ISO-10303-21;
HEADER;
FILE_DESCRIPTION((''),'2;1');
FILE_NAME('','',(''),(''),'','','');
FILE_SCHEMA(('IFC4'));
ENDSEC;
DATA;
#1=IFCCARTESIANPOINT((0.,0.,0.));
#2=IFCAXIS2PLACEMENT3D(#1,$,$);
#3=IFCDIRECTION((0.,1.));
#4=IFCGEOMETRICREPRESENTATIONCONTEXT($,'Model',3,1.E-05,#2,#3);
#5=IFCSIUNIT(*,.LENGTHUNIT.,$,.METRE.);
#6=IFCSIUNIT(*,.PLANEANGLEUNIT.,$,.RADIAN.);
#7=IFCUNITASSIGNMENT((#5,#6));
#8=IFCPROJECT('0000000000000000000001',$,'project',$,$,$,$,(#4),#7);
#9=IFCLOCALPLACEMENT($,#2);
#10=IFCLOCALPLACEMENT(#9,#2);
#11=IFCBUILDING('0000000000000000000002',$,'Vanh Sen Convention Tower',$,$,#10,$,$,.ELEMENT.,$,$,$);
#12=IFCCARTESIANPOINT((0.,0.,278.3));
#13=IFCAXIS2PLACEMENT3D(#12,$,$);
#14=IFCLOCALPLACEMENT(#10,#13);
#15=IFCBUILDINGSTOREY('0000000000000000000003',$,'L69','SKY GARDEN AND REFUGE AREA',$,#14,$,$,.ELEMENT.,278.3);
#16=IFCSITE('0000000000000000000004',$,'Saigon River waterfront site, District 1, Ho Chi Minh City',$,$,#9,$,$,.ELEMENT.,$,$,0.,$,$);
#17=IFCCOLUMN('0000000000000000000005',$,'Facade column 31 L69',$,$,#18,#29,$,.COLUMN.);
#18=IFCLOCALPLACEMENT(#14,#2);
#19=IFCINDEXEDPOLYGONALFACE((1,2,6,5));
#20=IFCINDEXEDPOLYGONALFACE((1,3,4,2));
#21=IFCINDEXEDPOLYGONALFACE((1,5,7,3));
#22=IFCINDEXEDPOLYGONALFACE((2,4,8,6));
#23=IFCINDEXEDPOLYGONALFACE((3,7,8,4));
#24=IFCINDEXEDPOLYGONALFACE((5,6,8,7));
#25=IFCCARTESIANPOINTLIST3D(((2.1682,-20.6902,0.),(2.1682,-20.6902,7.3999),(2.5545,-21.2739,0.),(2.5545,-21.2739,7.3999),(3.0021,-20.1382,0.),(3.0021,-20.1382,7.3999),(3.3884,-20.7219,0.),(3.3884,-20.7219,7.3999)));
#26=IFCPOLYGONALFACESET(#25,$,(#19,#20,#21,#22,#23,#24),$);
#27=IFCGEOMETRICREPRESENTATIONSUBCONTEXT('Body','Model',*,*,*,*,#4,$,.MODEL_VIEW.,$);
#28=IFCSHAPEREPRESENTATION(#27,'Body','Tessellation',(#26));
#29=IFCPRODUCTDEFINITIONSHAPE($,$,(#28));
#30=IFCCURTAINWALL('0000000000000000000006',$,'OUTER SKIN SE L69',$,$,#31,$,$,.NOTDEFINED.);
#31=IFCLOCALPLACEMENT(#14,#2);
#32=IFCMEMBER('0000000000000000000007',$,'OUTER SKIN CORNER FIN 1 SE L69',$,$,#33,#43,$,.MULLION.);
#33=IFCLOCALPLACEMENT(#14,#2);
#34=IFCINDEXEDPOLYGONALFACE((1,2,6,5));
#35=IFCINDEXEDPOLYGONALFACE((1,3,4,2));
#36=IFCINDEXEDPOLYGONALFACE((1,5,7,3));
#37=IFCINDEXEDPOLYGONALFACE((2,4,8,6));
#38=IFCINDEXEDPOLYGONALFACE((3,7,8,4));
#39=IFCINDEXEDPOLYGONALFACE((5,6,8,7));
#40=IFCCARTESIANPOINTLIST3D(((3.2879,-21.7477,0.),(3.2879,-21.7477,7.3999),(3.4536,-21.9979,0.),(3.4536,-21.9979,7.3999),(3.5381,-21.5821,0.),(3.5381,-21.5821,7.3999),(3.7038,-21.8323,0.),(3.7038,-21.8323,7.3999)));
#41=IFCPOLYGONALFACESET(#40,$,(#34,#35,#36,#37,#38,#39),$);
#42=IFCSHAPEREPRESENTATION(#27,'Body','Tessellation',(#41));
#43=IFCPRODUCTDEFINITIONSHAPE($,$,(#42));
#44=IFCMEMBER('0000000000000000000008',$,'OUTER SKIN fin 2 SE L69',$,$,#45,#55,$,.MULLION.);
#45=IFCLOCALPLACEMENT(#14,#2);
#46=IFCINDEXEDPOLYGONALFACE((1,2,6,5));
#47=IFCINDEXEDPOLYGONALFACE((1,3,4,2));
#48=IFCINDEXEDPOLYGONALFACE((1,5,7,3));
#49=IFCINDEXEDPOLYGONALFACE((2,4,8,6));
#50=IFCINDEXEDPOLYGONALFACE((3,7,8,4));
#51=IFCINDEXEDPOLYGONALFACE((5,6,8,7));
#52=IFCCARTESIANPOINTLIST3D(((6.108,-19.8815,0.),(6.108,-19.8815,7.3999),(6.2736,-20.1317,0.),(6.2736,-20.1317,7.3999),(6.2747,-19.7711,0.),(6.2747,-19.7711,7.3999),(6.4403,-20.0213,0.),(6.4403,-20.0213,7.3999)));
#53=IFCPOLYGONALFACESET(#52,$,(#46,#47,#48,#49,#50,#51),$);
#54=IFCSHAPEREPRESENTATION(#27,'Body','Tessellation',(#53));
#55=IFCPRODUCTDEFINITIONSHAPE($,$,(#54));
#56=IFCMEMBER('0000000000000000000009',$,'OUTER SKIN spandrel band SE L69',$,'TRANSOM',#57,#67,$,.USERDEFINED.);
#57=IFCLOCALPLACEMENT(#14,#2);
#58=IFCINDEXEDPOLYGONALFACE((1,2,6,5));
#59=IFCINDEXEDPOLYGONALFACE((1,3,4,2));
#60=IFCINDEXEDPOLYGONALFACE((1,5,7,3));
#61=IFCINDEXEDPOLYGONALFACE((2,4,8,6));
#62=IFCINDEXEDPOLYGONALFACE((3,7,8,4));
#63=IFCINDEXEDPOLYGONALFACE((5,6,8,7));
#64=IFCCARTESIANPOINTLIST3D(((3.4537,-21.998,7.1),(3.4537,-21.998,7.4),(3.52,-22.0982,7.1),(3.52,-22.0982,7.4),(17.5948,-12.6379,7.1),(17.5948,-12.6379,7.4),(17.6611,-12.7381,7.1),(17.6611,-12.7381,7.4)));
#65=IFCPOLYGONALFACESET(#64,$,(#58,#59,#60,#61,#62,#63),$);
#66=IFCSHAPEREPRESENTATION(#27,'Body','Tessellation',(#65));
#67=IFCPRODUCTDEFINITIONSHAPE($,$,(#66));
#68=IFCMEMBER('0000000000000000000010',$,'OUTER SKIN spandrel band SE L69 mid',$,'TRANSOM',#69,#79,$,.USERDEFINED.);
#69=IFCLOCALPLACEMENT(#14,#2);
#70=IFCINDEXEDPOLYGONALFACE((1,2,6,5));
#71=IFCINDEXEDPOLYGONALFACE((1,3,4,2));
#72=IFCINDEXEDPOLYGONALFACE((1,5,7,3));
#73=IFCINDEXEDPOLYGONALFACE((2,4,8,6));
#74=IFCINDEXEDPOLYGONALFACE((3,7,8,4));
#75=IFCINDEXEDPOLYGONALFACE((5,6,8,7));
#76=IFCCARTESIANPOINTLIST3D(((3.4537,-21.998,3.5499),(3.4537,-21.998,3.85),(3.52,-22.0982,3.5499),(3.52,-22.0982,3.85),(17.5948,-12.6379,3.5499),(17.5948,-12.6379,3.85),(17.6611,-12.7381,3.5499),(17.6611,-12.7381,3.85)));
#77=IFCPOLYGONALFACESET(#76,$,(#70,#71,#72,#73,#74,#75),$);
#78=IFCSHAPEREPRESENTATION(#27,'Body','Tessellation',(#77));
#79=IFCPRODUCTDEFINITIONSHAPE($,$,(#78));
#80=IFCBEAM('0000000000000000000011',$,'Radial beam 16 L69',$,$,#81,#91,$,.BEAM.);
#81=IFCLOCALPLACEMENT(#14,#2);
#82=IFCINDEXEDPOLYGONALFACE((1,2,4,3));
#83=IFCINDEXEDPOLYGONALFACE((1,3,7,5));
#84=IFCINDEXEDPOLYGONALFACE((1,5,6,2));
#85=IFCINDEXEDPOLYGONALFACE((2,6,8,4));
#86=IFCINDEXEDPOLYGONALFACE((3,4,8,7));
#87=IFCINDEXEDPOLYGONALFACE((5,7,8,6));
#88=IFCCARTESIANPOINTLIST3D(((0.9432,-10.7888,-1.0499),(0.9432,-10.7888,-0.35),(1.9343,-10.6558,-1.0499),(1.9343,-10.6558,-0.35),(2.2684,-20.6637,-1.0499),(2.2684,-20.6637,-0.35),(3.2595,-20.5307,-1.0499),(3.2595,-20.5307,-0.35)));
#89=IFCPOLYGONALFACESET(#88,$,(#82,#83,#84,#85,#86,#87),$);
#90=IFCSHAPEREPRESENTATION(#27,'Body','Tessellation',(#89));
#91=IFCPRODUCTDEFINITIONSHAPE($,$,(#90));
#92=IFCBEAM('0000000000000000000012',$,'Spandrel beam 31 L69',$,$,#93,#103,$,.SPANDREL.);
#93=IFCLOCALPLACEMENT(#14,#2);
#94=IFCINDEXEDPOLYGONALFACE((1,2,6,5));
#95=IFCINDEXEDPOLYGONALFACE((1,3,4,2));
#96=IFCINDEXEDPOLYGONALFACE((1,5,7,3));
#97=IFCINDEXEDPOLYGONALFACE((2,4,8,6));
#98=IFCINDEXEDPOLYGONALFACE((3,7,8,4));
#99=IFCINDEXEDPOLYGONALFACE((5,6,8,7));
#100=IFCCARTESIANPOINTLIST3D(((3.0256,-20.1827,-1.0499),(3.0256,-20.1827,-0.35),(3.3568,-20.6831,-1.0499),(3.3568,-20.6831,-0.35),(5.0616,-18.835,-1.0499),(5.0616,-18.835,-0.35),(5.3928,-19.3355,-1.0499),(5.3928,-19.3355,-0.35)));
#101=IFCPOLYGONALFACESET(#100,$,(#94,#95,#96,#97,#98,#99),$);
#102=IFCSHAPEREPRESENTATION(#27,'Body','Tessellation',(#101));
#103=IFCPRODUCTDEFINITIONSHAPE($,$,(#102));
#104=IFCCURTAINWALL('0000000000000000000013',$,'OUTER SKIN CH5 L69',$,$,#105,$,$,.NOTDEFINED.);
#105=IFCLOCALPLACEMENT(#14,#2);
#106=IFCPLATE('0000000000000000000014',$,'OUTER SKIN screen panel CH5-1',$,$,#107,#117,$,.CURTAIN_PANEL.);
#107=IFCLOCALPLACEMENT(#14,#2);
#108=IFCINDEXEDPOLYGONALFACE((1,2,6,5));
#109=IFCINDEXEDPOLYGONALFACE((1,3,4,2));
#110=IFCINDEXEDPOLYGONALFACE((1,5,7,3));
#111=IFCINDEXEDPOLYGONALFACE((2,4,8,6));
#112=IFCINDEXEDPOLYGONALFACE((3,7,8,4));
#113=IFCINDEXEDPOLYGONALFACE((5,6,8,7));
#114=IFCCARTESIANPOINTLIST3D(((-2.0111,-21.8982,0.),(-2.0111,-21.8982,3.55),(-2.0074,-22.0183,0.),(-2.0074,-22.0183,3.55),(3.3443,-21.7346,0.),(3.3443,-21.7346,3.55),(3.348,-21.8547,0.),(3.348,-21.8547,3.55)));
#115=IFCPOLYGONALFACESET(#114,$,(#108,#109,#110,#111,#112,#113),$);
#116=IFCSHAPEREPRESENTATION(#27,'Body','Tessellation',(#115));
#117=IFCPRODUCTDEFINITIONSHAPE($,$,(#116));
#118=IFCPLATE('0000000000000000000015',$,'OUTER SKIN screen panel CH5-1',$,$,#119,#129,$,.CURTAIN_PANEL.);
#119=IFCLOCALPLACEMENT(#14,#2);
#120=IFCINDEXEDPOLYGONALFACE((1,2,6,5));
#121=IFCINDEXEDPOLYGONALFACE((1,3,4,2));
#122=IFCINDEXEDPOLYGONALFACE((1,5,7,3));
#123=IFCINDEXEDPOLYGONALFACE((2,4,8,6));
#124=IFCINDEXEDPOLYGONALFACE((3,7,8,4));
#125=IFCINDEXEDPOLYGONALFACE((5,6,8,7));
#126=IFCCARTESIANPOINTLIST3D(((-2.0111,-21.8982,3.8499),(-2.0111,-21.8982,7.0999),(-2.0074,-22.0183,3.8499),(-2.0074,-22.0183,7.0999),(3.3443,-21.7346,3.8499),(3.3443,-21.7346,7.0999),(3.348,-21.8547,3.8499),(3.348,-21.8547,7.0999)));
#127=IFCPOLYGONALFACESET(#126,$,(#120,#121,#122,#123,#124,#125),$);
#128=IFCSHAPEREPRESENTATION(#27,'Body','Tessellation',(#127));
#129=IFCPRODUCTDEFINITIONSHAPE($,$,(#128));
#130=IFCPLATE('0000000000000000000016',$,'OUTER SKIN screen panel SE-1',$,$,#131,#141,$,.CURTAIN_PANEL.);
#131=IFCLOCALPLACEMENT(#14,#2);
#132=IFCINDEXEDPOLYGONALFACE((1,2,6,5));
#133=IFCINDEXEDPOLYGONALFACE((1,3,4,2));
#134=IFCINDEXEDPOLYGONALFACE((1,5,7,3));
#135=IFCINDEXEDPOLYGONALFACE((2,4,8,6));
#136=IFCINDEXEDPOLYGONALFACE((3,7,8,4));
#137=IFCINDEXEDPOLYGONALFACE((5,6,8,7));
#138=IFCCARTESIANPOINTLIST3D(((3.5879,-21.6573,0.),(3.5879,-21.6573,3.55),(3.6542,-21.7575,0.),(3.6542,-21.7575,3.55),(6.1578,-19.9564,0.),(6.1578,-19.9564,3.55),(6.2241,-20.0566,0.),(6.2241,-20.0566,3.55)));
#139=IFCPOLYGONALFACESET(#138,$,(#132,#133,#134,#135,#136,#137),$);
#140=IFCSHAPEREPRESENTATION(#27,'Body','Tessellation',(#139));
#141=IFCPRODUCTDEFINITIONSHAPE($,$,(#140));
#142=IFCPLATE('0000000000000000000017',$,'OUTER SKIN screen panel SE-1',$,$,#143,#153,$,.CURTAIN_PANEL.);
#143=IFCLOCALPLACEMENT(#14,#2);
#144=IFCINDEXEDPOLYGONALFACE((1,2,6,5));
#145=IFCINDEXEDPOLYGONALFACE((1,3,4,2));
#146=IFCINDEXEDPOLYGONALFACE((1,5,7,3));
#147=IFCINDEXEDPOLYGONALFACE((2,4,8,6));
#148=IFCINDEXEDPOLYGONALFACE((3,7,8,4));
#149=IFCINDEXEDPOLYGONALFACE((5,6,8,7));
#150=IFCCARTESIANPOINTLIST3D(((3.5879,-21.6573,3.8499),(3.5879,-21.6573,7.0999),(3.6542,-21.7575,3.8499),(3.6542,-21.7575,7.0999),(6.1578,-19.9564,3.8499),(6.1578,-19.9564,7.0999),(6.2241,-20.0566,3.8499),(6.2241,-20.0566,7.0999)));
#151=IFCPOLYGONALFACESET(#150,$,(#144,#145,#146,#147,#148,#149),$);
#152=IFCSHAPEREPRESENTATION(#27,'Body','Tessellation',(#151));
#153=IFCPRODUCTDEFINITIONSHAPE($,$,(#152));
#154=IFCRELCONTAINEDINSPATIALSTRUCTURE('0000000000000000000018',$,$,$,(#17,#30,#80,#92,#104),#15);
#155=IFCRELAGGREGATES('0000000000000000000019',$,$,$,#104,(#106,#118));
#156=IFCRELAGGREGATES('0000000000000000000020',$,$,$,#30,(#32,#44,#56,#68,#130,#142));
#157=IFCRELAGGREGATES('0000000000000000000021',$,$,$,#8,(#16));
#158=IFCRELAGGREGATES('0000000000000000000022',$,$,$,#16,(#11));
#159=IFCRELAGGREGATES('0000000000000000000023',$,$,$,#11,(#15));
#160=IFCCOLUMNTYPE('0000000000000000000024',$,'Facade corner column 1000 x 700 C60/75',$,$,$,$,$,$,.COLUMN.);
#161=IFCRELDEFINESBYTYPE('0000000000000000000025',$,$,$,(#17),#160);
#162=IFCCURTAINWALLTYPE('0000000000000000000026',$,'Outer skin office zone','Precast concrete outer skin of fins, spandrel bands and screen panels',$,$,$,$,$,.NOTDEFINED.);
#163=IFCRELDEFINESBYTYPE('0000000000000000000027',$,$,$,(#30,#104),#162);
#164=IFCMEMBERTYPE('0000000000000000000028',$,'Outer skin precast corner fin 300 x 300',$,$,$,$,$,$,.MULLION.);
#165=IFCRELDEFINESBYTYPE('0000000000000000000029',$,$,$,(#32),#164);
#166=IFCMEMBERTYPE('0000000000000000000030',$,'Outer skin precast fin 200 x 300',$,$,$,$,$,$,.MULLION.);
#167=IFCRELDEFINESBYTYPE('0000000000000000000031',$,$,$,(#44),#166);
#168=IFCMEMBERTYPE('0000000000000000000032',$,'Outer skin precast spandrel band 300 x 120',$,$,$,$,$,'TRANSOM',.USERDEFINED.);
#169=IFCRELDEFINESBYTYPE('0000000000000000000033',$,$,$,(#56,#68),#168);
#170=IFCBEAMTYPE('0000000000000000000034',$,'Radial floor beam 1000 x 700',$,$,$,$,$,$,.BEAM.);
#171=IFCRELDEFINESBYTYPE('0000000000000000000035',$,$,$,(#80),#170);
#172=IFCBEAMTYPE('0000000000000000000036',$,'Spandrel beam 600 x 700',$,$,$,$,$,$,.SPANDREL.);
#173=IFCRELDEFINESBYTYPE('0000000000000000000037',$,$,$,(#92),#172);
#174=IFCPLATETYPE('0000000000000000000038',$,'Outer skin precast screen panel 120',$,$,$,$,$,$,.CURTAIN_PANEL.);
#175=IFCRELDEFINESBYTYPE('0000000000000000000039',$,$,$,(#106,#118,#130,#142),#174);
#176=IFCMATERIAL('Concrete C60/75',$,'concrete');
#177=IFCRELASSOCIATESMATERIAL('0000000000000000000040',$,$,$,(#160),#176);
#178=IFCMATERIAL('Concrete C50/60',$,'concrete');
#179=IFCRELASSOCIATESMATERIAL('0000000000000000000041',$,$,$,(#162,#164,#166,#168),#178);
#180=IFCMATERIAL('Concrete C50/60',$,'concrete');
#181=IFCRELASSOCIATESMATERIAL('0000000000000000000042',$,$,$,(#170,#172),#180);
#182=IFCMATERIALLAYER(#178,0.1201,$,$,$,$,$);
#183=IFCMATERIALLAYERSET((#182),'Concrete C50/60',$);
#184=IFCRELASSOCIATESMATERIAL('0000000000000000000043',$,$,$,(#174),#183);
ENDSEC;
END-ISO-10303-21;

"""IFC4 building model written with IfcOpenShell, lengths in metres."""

from ifc_helpers import new_model, si_unit, direction, frame, origin, origin_2d, place, context, subcontext, project, spatial, rectangle, extrude, material, layer, layer_set, material_profile, profile_set, type_object, element, aggregate, save


model = new_model("IFC4")

# Units and contexts
model_context = context("Model", 3, precision=1e-05, world=origin(), true_north=direction((0.0, 1.0)))
body_context = subcontext(model_context, "Body", "Model", "MODEL_VIEW")
ifc_project = project(units=[si_unit("LENGTHUNIT", "METRE"), si_unit("PLANEANGLEUNIT", "RADIAN")], contexts=[model_context])

# Site, building, storey
site_placement = place(None, origin())
site = spatial("IfcSite", under=ifc_project, at=site_placement, Name="Saigon River waterfront site, District 1, Ho Chi Minh City", CompositionType="ELEMENT", RefElevation=0.0)
building_placement = place(site_placement, origin())
building = spatial("IfcBuilding", under=site, at=building_placement, Name="Vanh Sen Convention Tower", CompositionType="ELEMENT")
storey_placement = place(building_placement, frame((0.0, 0.0, 278.3)))
storey = spatial("IfcBuildingStorey", under=building, at=storey_placement, Name="L69", Description="SKY GARDEN AND REFUGE AREA", CompositionType="ELEMENT", Elevation=278.3)

# Column
ifc_material_1 = material(Name="Concrete C60/75", Category="concrete")
ifc_material_profile_1 = material_profile(ifc_material_1, rectangle(XDim=1.0, YDim=0.7, at=origin_2d()), Name="RC 1000X700")
ifc_profile_set_1 = profile_set([ifc_material_profile_1], Name="Concrete C60/75")
column_type = type_object("IfcColumnType", Name="Facade corner column 1000 x 700 C60/75", PredefinedType="COLUMN", material=ifc_profile_set_1)
column_placement = place(storey_placement, frame((2.7783, -20.7061, 0.0), z_axis=(0.0, 0.0, 1.0), x_axis=(0.833886, 0.551937, 0.0)))
element("IfcColumn", 1, at=column_placement, inside=storey, type_object=column_type, Name="Facade column 31 L69", PredefinedType="COLUMN", context=body_context, shape_type="SweptSolid", body=[
    extrude(rectangle(XDim=1.0, YDim=0.7, at=origin_2d()), origin(), (0.0, 0.0, 1.0), 7.3999),
])

# Curtain wall, members
ifc_material_2 = material(Name="Concrete C50/60", Category="concrete")
curtain_wall_type = type_object("IfcCurtainWallType", Name="Outer skin office zone", Description="Precast concrete outer skin of fins, spandrel bands and screen panels", PredefinedType="NOTDEFINED", material=ifc_material_2)
curtain_wall_1_placement = place(storey_placement, origin())
curtain_wall_1 = element("IfcCurtainWall", 2, at=curtain_wall_1_placement, inside=storey, type_object=curtain_wall_type, Name="OUTER SKIN SE L69", PredefinedType="NOTDEFINED")
ifc_material_profile_2 = material_profile(ifc_material_2, rectangle(XDim=0.3, YDim=0.3, at=origin_2d()), Name="Outer skin precast corner fin 300 x 300")
ifc_profile_set_2 = profile_set([ifc_material_profile_2], Name="Concrete C50/60")
member_type_1 = type_object("IfcMemberType", Name="Outer skin precast corner fin 300 x 300", PredefinedType="MULLION", material=ifc_profile_set_2)
member_1_placement = place(storey_placement, frame((3.4958, -21.79, 0.0), z_axis=(0.0, 0.0, 1.0), x_axis=(0.833886, 0.551937, 0.0)))
member_1 = element("IfcMember", 3, at=member_1_placement, type_object=member_type_1, Name="OUTER SKIN CORNER FIN 1 SE L69", PredefinedType="MULLION", context=body_context, shape_type="SweptSolid", body=[
    extrude(rectangle(XDim=0.3, YDim=0.3, at=origin_2d()), origin(), (0.0, 0.0, 1.0), 7.3999),
])
ifc_material_profile_3 = material_profile(ifc_material_2, rectangle(XDim=0.2, YDim=0.3, at=origin_2d()), Name="Outer skin precast fin 200 x 300")
ifc_profile_set_3 = profile_set([ifc_material_profile_3], Name="Concrete C50/60")
member_type_2 = type_object("IfcMemberType", Name="Outer skin precast fin 200 x 300", PredefinedType="MULLION", material=ifc_profile_set_3)
member_2_placement = place(storey_placement, frame((6.2742, -19.9514, 0.0), z_axis=(0.0, 0.0, 1.0), x_axis=(0.833886, 0.551937, 0.0)))
member_2 = element("IfcMember", 4, at=member_2_placement, type_object=member_type_2, Name="OUTER SKIN fin 2 SE L69", PredefinedType="MULLION", context=body_context, shape_type="SweptSolid", body=[
    extrude(rectangle(XDim=0.2, YDim=0.3, at=origin_2d()), origin(), (0.0, 0.0, 1.0), 7.3999),
])
ifc_material_profile_4 = material_profile(ifc_material_2, rectangle(XDim=0.1201, YDim=0.3, at=origin_2d()), Name="Outer skin precast spandrel band 300 x 120")
ifc_profile_set_4 = profile_set([ifc_material_profile_4], Name="Concrete C50/60")
member_type_3 = type_object("IfcMemberType", Name="Outer skin precast spandrel band 300 x 120", ElementType="TRANSOM", PredefinedType="USERDEFINED", material=ifc_profile_set_4)
member_3_placement = place(storey_placement, frame((3.4868, -22.0481, 7.25), z_axis=(0.833877, 0.55195, 0.0), x_axis=(-0.55195, 0.833877, 0.0)))
member_3 = element("IfcMember", 5, at=member_3_placement, type_object=member_type_3, Name="OUTER SKIN spandrel band SE L69", ObjectType="TRANSOM", PredefinedType="USERDEFINED", context=body_context, shape_type="SweptSolid", body=[
    extrude(rectangle(XDim=0.1201, YDim=0.3, at=origin_2d()), origin(), (0.0, 0.0, 1.0), 16.9583),
])
member_4_placement = place(storey_placement, frame((3.4868, -22.0481, 3.7), z_axis=(0.833877, 0.55195, 0.0), x_axis=(-0.55195, 0.833877, 0.0)))
member_4 = element("IfcMember", 6, at=member_4_placement, type_object=member_type_3, Name="OUTER SKIN spandrel band SE L69 mid", ObjectType="TRANSOM", PredefinedType="USERDEFINED", context=body_context, shape_type="SweptSolid", body=[
    extrude(rectangle(XDim=0.1201, YDim=0.3, at=origin_2d()), origin(), (0.0, 0.0, 1.0), 16.9583),
])

# Beams
ifc_material_3 = material(Name="Concrete C50/60", Category="concrete")
ifc_material_profile_5 = material_profile(ifc_material_3, rectangle(XDim=1.0, YDim=0.7, at=origin_2d()), Name="RC 1000X700")
ifc_profile_set_5 = profile_set([ifc_material_profile_5], Name="Concrete C50/60")
beam_type_1 = type_object("IfcBeamType", Name="Radial floor beam 1000 x 700", PredefinedType="BEAM", material=ifc_profile_set_5)
beam_1_placement = place(storey_placement, frame((2.7639, -20.5972, -0.7), z_axis=(-0.133008, 0.991115, 0.0), x_axis=(-0.991115, -0.133008, 0.0)))
element("IfcBeam", 7, at=beam_1_placement, inside=storey, type_object=beam_type_1, Name="Radial beam 16 L69", PredefinedType="BEAM", context=body_context, shape_type="SweptSolid", body=[
    extrude(rectangle(XDim=1.0, YDim=0.7, at=origin_2d()), origin(), (0.0, 0.0, 1.0), 9.9634),
])
ifc_material_profile_6 = material_profile(ifc_material_3, rectangle(XDim=0.6001, YDim=0.7, at=origin_2d()), Name="RC 600X700")
ifc_profile_set_6 = profile_set([ifc_material_profile_6], Name="Concrete C50/60")
beam_type_2 = type_object("IfcBeamType", Name="Spandrel beam 600 x 700", PredefinedType="SPANDREL", material=ifc_profile_set_6)
beam_2_placement = place(storey_placement, frame((3.1912, -20.4329, -0.7), z_axis=(0.833892, 0.551928, 0.0), x_axis=(-0.551928, 0.833892, 0.0)))
element("IfcBeam", 8, at=beam_2_placement, inside=storey, type_object=beam_type_2, Name="Spandrel beam 31 L69", PredefinedType="SPANDREL", context=body_context, shape_type="SweptSolid", body=[
    extrude(rectangle(XDim=0.6001, YDim=0.7, at=origin_2d()), origin(), (0.0, 0.0, 1.0), 2.4417),
])

# Curtain wall, plates
curtain_wall_2_placement = place(storey_placement, origin())
curtain_wall_2 = element("IfcCurtainWall", 9, at=curtain_wall_2_placement, inside=storey, type_object=curtain_wall_type, Name="OUTER SKIN CH5 L69", PredefinedType="NOTDEFINED")
ifc_layer_1 = layer(ifc_material_2, 0.1201)
ifc_layer_set_1 = layer_set([ifc_layer_1], Name="Concrete C50/60")
plate_type = type_object("IfcPlateType", Name="Outer skin precast screen panel 120", PredefinedType="CURTAIN_PANEL", material=ifc_layer_set_1)
plate_1_placement = place(storey_placement, frame((0.6685, -21.8765, 0.0), z_axis=(0.0, 0.0, 1.0), x_axis=(0.999534, 0.030539, 0.0)))
plate_1 = element("IfcPlate", 10, at=plate_1_placement, type_object=plate_type, Name="OUTER SKIN screen panel CH5-1", PredefinedType="CURTAIN_PANEL", context=body_context, shape_type="SweptSolid", body=[
    extrude(rectangle(XDim=5.3579, YDim=0.1201, at=origin_2d()), origin(), (0.0, 0.0, 1.0), 3.55),
])
plate_2_placement = place(storey_placement, frame((0.6685, -21.8765, 3.8499), z_axis=(0.0, 0.0, 1.0), x_axis=(0.999534, 0.030539, 0.0)))
plate_2 = element("IfcPlate", 11, at=plate_2_placement, type_object=plate_type, Name="OUTER SKIN screen panel CH5-1", PredefinedType="CURTAIN_PANEL", context=body_context, shape_type="SweptSolid", body=[
    extrude(rectangle(XDim=5.3579, YDim=0.1201, at=origin_2d()), origin(), (0.0, 0.0, 1.0), 3.25),
])
aggregate(curtain_wall_2, [plate_1, plate_2])

# Plates
plate_3_placement = place(storey_placement, frame((4.906, -20.8569, 0.0), z_axis=(0.0, 0.0, 1.0), x_axis=(0.833902, 0.551912, 0.0)))
plate_3 = element("IfcPlate", 12, at=plate_3_placement, type_object=plate_type, Name="OUTER SKIN screen panel SE-1", PredefinedType="CURTAIN_PANEL", context=body_context, shape_type="SweptSolid", body=[
    extrude(rectangle(XDim=3.0818, YDim=0.1201, at=origin_2d()), origin(), (0.0, 0.0, 1.0), 3.55),
])
plate_4_placement = place(storey_placement, frame((4.906, -20.8569, 3.8499), z_axis=(0.0, 0.0, 1.0), x_axis=(0.833902, 0.551912, 0.0)))
plate_4 = element("IfcPlate", 13, at=plate_4_placement, type_object=plate_type, Name="OUTER SKIN screen panel SE-1", PredefinedType="CURTAIN_PANEL", context=body_context, shape_type="SweptSolid", body=[
    extrude(rectangle(XDim=3.0818, YDim=0.1201, at=origin_2d()), origin(), (0.0, 0.0, 1.0), 3.25),
])
aggregate(curtain_wall_1, [member_1, member_2, member_3, member_4, plate_3, plate_4])

save(model, "model.ifc")
